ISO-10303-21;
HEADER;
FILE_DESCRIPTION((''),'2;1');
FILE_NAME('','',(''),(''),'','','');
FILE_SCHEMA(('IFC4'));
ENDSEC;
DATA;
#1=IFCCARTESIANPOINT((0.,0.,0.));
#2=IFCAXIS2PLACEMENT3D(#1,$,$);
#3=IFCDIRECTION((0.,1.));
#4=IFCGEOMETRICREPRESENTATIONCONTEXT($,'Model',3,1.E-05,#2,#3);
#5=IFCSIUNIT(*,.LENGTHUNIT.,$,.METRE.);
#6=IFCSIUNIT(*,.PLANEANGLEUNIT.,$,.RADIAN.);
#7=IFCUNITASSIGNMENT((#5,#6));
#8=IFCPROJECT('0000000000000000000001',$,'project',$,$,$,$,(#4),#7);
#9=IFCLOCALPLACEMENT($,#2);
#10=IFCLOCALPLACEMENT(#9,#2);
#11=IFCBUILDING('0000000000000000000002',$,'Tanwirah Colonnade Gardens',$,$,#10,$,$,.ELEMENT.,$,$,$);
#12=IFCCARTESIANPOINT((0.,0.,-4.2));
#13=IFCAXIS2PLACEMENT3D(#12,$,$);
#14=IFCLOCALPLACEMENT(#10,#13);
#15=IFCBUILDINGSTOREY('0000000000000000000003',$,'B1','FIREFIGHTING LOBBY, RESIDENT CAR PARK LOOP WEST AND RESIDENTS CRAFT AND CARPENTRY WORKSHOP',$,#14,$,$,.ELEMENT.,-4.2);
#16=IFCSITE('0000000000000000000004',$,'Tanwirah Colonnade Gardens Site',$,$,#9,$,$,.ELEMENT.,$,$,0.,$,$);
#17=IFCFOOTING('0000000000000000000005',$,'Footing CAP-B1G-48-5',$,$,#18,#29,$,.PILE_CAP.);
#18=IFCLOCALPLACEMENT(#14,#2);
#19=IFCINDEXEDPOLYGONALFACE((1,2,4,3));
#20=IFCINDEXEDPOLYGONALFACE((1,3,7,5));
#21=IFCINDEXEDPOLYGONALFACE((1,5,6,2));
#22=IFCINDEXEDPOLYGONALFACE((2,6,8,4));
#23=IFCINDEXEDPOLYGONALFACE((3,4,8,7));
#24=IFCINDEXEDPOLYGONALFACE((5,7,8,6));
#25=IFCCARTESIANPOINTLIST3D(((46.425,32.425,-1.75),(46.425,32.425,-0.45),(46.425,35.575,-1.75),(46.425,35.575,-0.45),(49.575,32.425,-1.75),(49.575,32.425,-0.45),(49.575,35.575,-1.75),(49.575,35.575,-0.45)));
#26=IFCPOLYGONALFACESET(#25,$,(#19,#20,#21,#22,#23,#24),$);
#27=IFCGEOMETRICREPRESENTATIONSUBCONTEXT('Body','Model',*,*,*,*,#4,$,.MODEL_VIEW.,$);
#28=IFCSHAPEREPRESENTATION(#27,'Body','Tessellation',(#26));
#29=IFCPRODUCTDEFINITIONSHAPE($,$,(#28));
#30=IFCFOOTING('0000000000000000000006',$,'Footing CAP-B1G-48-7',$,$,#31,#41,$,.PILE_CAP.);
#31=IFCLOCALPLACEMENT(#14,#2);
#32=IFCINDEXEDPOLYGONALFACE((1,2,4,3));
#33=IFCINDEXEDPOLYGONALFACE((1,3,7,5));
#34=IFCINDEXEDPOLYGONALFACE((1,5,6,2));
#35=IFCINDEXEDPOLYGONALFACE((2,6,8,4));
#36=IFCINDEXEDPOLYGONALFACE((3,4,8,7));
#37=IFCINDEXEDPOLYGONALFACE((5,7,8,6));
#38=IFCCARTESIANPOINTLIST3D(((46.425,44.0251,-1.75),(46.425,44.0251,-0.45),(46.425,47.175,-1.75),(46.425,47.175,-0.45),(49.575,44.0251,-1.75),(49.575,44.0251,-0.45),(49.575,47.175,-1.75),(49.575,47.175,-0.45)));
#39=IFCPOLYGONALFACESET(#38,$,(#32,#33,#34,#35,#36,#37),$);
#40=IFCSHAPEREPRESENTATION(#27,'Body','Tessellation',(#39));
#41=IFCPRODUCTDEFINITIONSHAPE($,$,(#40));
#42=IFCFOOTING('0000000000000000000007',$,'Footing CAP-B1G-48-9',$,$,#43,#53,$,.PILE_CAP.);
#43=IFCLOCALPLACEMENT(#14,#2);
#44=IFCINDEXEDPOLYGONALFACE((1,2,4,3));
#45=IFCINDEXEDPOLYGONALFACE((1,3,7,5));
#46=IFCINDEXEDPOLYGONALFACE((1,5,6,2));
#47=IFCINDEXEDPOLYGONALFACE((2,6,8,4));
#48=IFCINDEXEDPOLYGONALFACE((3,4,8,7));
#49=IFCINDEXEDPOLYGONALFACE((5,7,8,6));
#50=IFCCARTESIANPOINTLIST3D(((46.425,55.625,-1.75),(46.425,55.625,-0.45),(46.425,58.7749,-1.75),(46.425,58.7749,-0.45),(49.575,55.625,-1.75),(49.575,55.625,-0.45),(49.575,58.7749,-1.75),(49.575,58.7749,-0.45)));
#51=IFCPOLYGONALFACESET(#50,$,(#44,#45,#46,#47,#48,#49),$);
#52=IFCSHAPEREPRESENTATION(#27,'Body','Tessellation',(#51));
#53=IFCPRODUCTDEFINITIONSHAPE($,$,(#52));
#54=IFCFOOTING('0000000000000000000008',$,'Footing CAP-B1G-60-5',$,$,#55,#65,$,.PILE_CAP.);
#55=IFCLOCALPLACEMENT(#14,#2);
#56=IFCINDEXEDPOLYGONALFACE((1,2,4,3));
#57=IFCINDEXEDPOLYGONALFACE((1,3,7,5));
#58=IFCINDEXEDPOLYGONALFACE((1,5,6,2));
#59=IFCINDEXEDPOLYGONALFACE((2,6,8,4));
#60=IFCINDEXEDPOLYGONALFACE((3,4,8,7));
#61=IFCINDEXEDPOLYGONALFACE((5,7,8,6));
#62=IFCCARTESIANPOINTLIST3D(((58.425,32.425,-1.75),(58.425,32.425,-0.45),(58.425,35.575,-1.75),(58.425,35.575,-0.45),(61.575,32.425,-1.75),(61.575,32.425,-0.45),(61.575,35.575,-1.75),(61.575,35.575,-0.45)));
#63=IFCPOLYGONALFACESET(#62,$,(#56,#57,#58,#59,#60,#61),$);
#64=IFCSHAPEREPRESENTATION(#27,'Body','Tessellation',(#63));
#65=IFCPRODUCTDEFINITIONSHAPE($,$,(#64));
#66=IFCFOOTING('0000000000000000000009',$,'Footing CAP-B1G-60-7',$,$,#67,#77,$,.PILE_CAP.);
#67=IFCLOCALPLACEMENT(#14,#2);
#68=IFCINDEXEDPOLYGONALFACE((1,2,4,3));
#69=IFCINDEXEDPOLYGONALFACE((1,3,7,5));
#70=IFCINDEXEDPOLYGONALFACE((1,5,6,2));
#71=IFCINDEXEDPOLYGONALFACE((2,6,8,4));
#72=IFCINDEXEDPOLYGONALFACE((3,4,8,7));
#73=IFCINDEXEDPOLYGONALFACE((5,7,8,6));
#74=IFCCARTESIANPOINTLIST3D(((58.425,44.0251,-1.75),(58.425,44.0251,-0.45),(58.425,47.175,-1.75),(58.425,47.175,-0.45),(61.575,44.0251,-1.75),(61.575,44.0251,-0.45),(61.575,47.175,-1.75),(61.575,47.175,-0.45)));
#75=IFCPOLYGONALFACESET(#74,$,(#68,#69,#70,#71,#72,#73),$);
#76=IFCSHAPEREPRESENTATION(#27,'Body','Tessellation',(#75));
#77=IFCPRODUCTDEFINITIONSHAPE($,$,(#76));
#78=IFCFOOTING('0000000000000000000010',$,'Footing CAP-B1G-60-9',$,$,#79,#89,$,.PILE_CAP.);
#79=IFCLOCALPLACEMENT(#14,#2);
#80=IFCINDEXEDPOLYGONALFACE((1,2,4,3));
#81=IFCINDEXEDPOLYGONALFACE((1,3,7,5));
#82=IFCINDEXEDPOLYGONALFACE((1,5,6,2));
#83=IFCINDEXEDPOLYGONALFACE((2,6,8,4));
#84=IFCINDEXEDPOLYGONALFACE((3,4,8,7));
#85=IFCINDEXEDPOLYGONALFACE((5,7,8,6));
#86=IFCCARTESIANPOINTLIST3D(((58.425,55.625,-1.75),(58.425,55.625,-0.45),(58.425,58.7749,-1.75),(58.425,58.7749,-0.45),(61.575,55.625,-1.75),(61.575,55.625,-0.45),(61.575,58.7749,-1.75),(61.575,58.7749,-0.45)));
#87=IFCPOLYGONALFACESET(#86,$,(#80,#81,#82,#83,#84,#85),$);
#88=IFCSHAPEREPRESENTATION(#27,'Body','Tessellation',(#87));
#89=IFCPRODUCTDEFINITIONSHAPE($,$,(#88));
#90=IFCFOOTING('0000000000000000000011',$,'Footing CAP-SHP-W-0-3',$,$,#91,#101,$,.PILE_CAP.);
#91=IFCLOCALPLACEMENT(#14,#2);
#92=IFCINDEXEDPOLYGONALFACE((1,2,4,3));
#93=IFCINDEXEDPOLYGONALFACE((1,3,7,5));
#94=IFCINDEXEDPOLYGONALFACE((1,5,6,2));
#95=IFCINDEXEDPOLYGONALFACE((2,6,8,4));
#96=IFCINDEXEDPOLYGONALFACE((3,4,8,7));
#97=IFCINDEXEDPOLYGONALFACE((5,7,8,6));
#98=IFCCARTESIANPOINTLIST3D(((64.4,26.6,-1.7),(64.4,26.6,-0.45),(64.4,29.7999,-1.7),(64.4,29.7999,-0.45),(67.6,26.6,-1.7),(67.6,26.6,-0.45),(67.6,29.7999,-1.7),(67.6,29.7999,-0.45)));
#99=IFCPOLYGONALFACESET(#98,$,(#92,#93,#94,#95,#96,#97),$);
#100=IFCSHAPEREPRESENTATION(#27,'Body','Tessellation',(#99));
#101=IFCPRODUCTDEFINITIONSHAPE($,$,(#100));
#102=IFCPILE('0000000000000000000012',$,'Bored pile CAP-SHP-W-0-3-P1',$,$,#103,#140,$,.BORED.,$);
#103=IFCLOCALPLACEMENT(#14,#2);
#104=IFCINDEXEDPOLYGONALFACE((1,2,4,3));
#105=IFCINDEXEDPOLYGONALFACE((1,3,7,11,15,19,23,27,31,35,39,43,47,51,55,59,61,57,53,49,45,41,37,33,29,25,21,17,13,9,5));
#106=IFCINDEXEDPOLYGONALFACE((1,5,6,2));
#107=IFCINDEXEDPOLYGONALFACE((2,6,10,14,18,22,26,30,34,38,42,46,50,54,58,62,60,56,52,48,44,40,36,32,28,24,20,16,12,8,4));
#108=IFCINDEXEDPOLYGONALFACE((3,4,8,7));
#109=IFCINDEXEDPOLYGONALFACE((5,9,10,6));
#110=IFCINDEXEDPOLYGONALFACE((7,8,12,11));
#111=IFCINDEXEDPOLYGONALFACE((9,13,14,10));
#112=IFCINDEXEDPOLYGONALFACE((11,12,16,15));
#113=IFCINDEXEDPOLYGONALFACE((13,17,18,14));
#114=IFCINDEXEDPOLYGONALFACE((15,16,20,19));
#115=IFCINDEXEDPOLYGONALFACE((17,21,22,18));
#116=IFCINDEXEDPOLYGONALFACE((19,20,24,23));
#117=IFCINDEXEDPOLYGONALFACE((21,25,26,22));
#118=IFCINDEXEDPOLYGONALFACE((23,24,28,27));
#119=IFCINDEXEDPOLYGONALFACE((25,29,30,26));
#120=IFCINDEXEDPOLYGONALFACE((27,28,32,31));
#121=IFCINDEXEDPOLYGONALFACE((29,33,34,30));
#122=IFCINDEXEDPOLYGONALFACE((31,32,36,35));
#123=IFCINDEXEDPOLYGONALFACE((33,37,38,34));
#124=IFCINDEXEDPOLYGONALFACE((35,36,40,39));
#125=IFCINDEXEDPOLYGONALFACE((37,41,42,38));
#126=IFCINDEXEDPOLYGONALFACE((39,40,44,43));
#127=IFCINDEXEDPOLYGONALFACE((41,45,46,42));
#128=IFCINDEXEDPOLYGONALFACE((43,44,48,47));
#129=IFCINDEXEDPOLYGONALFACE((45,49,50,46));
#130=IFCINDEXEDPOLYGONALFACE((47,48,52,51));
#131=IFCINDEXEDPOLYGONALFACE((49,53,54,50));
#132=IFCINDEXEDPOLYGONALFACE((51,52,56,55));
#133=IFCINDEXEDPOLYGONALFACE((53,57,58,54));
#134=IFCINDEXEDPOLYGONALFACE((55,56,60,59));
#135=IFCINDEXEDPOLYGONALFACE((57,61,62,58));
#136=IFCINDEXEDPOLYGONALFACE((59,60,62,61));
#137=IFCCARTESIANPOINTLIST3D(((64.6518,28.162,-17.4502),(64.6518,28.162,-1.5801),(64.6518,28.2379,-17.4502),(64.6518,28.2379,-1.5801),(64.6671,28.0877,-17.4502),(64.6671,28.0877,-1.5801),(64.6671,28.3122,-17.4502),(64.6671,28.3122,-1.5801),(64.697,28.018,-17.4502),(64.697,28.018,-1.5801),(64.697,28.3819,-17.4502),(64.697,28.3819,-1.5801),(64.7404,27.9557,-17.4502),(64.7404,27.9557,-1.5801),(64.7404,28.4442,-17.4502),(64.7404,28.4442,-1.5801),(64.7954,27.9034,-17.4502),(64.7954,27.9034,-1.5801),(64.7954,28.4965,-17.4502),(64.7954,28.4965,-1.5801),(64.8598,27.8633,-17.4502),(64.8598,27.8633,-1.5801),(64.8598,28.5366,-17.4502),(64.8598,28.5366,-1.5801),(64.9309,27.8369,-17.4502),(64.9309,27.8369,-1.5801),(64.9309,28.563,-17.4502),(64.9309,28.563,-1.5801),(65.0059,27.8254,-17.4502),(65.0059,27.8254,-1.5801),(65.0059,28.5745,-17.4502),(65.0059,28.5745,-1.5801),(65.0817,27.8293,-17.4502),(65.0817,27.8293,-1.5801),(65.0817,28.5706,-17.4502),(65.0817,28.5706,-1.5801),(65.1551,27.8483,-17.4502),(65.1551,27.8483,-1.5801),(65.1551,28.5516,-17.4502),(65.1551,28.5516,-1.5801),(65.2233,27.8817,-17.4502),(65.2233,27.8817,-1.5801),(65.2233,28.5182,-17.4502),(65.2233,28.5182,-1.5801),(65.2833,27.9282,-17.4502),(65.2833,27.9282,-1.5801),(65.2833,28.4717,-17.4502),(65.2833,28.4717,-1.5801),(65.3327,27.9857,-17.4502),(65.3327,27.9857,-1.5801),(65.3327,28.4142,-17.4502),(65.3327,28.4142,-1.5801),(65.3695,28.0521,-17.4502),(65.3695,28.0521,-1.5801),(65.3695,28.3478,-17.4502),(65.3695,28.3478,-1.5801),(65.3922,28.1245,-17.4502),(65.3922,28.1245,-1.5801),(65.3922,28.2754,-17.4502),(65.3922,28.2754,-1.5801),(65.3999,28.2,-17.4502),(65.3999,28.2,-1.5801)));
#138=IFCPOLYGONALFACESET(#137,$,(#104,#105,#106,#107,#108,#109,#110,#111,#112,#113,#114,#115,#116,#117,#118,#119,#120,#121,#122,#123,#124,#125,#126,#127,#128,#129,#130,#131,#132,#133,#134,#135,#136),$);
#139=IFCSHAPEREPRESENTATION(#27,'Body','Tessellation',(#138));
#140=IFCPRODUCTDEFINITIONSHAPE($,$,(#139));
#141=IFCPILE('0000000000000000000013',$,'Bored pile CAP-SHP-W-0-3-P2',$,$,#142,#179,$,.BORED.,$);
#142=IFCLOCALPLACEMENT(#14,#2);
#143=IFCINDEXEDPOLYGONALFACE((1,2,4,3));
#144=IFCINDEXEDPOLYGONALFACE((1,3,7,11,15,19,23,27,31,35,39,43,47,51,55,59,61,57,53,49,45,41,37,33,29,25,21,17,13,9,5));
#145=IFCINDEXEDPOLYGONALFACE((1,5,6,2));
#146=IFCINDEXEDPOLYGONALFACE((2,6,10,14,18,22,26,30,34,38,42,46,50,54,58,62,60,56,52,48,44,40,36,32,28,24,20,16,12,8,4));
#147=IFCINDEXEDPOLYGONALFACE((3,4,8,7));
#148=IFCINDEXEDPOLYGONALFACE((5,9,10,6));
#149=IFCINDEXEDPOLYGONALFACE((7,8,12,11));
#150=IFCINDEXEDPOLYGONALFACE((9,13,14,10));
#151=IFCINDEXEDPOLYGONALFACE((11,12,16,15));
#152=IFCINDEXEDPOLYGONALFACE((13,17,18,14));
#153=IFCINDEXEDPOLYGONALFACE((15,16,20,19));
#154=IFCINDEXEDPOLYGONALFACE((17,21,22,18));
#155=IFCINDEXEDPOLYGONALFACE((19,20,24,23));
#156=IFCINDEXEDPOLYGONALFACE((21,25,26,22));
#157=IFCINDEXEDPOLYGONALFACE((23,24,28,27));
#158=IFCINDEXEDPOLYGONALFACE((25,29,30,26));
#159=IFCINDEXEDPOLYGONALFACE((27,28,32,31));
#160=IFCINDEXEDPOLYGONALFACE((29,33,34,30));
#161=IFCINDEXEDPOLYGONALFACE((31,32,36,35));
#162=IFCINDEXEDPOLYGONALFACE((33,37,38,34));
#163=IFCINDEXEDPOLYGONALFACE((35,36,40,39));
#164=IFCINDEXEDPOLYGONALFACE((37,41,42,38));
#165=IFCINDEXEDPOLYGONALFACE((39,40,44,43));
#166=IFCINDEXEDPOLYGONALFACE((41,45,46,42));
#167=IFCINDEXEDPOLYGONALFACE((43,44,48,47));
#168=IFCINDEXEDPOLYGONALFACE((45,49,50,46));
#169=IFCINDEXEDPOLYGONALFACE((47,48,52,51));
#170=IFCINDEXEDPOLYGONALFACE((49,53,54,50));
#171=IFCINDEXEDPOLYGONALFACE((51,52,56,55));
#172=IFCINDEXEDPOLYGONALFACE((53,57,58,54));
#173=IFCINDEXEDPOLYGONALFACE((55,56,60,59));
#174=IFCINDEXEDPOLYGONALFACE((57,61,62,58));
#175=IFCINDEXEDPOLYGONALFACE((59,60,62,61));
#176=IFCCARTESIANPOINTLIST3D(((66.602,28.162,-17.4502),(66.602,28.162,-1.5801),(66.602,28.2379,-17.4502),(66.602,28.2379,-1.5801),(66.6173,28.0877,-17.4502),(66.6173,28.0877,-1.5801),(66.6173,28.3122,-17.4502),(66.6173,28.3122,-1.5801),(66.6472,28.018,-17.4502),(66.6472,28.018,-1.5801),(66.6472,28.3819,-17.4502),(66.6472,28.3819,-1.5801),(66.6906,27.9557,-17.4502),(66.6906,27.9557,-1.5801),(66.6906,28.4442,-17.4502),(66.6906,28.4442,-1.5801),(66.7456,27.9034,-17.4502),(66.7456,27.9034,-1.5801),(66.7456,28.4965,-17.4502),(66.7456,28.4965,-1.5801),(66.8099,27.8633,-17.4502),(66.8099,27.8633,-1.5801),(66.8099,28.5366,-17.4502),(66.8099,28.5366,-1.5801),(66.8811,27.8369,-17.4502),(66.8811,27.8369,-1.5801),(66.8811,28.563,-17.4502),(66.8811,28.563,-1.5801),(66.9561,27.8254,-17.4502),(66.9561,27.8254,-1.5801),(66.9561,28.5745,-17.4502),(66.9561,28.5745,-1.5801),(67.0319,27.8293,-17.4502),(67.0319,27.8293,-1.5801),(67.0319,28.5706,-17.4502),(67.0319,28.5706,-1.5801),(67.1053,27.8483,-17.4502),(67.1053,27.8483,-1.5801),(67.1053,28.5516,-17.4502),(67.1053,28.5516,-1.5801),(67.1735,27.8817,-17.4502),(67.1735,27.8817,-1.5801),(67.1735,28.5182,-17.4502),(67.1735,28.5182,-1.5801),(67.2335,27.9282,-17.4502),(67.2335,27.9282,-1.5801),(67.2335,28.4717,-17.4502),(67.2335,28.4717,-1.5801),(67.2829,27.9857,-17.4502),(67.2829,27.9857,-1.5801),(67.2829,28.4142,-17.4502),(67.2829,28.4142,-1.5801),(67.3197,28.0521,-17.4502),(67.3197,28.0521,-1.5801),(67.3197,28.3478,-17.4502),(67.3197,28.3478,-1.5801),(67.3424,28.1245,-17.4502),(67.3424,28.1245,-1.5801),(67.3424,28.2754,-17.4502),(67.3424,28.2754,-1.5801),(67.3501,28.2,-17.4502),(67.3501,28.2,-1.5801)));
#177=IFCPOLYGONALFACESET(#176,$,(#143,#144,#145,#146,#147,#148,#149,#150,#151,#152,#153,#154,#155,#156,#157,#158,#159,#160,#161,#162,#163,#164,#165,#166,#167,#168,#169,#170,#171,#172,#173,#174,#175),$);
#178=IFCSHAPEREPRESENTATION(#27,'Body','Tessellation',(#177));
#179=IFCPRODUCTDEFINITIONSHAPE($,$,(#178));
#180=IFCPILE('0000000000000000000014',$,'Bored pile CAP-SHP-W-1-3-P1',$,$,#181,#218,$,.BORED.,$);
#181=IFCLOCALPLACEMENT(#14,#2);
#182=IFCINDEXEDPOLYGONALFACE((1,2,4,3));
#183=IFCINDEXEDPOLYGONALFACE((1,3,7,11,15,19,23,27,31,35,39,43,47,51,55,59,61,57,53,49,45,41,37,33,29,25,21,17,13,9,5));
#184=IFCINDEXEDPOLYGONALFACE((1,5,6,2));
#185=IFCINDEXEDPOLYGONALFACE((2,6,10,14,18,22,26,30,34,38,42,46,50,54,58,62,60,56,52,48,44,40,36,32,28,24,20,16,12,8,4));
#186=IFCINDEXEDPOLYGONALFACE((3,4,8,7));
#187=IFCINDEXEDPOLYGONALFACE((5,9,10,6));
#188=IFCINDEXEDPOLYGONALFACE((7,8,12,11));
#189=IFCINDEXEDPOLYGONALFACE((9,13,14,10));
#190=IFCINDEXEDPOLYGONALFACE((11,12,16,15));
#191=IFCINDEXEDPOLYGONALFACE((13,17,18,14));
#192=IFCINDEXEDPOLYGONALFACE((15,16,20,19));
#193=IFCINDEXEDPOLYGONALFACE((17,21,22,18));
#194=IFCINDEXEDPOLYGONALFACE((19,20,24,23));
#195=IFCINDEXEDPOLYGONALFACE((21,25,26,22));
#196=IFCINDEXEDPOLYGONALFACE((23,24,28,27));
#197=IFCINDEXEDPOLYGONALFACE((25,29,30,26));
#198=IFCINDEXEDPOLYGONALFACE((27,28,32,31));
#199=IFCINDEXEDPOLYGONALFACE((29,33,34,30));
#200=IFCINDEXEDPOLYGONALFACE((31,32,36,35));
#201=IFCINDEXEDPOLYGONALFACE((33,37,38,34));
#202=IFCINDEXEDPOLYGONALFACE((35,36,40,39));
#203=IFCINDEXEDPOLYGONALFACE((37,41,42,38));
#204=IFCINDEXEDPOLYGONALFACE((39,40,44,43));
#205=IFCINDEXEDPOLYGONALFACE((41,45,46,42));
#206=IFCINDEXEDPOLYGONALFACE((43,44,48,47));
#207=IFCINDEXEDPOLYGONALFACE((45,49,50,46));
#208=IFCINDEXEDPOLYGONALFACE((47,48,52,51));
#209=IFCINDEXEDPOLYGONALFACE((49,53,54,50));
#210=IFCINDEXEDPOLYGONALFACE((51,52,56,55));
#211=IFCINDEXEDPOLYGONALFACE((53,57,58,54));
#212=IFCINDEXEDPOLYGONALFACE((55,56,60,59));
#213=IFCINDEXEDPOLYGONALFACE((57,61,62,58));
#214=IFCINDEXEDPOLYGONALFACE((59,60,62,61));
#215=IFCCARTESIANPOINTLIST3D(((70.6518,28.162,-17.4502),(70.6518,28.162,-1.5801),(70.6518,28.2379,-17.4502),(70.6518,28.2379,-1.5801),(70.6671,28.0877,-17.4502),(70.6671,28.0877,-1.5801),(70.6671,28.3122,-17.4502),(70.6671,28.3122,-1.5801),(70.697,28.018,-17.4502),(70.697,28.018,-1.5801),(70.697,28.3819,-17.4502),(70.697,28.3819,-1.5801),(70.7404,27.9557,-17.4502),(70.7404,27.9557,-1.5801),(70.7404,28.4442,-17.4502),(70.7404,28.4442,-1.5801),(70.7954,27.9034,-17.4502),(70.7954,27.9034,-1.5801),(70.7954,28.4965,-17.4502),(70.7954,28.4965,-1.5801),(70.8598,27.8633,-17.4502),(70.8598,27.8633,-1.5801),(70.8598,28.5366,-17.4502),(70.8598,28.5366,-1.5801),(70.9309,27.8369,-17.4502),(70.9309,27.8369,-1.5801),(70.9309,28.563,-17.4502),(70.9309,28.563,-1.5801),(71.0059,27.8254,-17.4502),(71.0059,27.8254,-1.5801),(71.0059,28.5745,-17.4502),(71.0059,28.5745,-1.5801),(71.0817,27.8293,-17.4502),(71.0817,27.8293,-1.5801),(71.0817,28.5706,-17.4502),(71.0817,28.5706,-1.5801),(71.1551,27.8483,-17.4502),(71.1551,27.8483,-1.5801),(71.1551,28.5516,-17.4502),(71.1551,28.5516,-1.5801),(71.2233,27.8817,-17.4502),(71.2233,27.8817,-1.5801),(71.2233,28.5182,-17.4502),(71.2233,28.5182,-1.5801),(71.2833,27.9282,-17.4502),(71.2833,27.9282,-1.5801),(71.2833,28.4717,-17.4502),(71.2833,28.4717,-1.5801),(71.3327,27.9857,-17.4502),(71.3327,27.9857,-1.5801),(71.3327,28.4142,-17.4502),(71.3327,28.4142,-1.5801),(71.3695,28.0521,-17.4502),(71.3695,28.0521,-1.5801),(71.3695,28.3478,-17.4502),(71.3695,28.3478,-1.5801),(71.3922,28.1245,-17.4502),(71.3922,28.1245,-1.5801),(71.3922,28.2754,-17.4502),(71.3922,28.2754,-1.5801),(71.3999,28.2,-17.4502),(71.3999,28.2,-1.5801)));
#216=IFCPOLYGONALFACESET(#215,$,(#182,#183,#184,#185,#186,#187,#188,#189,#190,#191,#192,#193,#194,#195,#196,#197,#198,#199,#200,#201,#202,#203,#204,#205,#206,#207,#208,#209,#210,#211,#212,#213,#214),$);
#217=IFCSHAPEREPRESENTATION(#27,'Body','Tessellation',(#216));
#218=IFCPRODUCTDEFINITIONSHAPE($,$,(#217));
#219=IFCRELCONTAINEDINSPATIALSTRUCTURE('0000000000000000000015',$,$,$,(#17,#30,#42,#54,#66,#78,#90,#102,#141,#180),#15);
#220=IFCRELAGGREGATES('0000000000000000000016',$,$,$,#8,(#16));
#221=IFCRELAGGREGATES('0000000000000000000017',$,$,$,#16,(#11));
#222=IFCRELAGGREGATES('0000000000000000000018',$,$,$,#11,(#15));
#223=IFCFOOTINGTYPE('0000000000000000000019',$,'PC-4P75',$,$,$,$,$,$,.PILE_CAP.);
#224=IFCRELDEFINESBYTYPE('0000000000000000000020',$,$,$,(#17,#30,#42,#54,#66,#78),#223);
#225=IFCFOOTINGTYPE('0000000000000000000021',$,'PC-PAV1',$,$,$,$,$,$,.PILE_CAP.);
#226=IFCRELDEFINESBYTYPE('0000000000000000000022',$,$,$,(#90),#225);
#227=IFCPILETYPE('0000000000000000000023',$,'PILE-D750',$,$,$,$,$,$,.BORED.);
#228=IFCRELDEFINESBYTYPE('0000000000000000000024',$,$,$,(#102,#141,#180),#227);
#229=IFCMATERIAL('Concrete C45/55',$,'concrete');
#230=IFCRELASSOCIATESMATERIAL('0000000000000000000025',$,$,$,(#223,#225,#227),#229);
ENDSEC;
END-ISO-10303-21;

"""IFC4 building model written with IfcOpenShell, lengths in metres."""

from ifc_helpers import new_model, si_unit, direction, frame, origin, origin_2d, place, context, subcontext, project, spatial, rectangle, circle, extrude, material, material_profile, profile_set, type_object, element, save


model = new_model("IFC4")

# Units and contexts
model_context = context("Model", 3, precision=1e-05, world=origin(), true_north=direction((0.0, 1.0)))
body_context = subcontext(model_context, "Body", "Model", "MODEL_VIEW")
ifc_project = project(units=[si_unit("LENGTHUNIT", "METRE"), si_unit("PLANEANGLEUNIT", "RADIAN")], contexts=[model_context])

# Site, building, storey
site_placement = place(None, origin())
site = spatial("IfcSite", under=ifc_project, at=site_placement, Name="Tanwirah Colonnade Gardens Site", CompositionType="ELEMENT", RefElevation=0.0)
building_placement = place(site_placement, origin())
building = spatial("IfcBuilding", under=site, at=building_placement, Name="Tanwirah Colonnade Gardens", CompositionType="ELEMENT")
storey_placement = place(building_placement, frame((0.0, 0.0, -4.2)))
storey = spatial("IfcBuildingStorey", under=building, at=storey_placement, Name="B1", Description="FIREFIGHTING LOBBY, RESIDENT CAR PARK LOOP WEST AND RESIDENTS CRAFT AND CARPENTRY WORKSHOP", CompositionType="ELEMENT", Elevation=-4.2)

# Footings
ifc_material_1 = material(Name="Concrete C45/55", Category="concrete")
footing_type_1 = type_object("IfcFootingType", Name="PC-4P75", PredefinedType="PILE_CAP", material=ifc_material_1)
for number, where, z_axis, x_axis, name in (
    (1, (48.0, 34.0, -1.75), (0.0, 0.0, 1.0), (1.0, 0.0, 0.0), "Footing CAP-B1G-48-5"),
    (2, (48.0, 45.6001, -1.75), (0.0, 0.0, 1.0), (1.0, 0.0, 0.0), "Footing CAP-B1G-48-7"),
    (3, (48.0, 57.2, -1.75), (0.0, 0.0, 1.0), (1.0, 0.0, 0.0), "Footing CAP-B1G-48-9"),
    (4, (60.0, 34.0, -1.75), (0.0, 0.0, 1.0), (1.0, 0.0, 0.0), "Footing CAP-B1G-60-5"),
    (5, (60.0, 45.6001, -1.75), (0.0, 0.0, 1.0), (1.0, 0.0, 0.0), "Footing CAP-B1G-60-7"),
    (6, (60.0, 57.2, -1.75), (0.0, 0.0, 1.0), (1.0, 0.0, 0.0), "Footing CAP-B1G-60-9"),
):
    element("IfcFooting", number, at=place(storey_placement, frame(where, z_axis=z_axis, x_axis=x_axis)), inside=storey, type_object=footing_type_1, Name=name, PredefinedType="PILE_CAP", context=body_context, shape_type="SweptSolid", body=[
        extrude(rectangle(XDim=3.1499, YDim=3.1499, at=origin_2d()), origin(), (0.0, 0.0, 1.0), 1.3),
    ])
footing_type_2 = type_object("IfcFootingType", Name="PC-PAV1", PredefinedType="PILE_CAP", material=ifc_material_1)
footing_placement = place(storey_placement, frame((66.0, 28.2, -1.7), z_axis=(0.0, 0.0, 1.0), x_axis=(1.0, 0.0, 0.0)))
element("IfcFooting", 7, at=footing_placement, inside=storey, type_object=footing_type_2, Name="Footing CAP-SHP-W-0-3", PredefinedType="PILE_CAP", context=body_context, shape_type="SweptSolid", body=[
    extrude(rectangle(XDim=3.2, YDim=3.2, at=origin_2d()), origin(), (0.0, 0.0, 1.0), 1.25),
])

# Piles
ifc_material_profile_1 = material_profile(ifc_material_1, circle(Radius=0.375, at=origin_2d()), Name="PILE D750")
ifc_profile_set_1 = profile_set([ifc_material_profile_1], Name="Concrete C45/55")
pile_type = type_object("IfcPileType", Name="PILE-D750", PredefinedType="BORED", material=ifc_profile_set_1)
for number, where, z_axis, x_axis, name in (
    (8, (65.0249, 28.2, -1.5801), (0.0, 0.0, -1.0), (1.0, 0.0, 0.0), "Bored pile CAP-SHP-W-0-3-P1"),
    (9, (66.9751, 28.2, -1.5801), (0.0, 0.0, -1.0), (1.0, 0.0, 0.0), "Bored pile CAP-SHP-W-0-3-P2"),
    (10, (71.0249, 28.2, -1.5801), (0.0, 0.0, -1.0), (1.0, 0.0, 0.0), "Bored pile CAP-SHP-W-1-3-P1"),
):
    element("IfcPile", number, at=place(storey_placement, frame(where, z_axis=z_axis, x_axis=x_axis)), inside=storey, type_object=pile_type, Name=name, PredefinedType="BORED", context=body_context, shape_type="SweptSolid", body=[
        extrude(circle(Radius=0.375, at=origin_2d()), origin(), (0.0, 0.0, 1.0), 15.8701),
    ])

save(model, "model.ifc")
